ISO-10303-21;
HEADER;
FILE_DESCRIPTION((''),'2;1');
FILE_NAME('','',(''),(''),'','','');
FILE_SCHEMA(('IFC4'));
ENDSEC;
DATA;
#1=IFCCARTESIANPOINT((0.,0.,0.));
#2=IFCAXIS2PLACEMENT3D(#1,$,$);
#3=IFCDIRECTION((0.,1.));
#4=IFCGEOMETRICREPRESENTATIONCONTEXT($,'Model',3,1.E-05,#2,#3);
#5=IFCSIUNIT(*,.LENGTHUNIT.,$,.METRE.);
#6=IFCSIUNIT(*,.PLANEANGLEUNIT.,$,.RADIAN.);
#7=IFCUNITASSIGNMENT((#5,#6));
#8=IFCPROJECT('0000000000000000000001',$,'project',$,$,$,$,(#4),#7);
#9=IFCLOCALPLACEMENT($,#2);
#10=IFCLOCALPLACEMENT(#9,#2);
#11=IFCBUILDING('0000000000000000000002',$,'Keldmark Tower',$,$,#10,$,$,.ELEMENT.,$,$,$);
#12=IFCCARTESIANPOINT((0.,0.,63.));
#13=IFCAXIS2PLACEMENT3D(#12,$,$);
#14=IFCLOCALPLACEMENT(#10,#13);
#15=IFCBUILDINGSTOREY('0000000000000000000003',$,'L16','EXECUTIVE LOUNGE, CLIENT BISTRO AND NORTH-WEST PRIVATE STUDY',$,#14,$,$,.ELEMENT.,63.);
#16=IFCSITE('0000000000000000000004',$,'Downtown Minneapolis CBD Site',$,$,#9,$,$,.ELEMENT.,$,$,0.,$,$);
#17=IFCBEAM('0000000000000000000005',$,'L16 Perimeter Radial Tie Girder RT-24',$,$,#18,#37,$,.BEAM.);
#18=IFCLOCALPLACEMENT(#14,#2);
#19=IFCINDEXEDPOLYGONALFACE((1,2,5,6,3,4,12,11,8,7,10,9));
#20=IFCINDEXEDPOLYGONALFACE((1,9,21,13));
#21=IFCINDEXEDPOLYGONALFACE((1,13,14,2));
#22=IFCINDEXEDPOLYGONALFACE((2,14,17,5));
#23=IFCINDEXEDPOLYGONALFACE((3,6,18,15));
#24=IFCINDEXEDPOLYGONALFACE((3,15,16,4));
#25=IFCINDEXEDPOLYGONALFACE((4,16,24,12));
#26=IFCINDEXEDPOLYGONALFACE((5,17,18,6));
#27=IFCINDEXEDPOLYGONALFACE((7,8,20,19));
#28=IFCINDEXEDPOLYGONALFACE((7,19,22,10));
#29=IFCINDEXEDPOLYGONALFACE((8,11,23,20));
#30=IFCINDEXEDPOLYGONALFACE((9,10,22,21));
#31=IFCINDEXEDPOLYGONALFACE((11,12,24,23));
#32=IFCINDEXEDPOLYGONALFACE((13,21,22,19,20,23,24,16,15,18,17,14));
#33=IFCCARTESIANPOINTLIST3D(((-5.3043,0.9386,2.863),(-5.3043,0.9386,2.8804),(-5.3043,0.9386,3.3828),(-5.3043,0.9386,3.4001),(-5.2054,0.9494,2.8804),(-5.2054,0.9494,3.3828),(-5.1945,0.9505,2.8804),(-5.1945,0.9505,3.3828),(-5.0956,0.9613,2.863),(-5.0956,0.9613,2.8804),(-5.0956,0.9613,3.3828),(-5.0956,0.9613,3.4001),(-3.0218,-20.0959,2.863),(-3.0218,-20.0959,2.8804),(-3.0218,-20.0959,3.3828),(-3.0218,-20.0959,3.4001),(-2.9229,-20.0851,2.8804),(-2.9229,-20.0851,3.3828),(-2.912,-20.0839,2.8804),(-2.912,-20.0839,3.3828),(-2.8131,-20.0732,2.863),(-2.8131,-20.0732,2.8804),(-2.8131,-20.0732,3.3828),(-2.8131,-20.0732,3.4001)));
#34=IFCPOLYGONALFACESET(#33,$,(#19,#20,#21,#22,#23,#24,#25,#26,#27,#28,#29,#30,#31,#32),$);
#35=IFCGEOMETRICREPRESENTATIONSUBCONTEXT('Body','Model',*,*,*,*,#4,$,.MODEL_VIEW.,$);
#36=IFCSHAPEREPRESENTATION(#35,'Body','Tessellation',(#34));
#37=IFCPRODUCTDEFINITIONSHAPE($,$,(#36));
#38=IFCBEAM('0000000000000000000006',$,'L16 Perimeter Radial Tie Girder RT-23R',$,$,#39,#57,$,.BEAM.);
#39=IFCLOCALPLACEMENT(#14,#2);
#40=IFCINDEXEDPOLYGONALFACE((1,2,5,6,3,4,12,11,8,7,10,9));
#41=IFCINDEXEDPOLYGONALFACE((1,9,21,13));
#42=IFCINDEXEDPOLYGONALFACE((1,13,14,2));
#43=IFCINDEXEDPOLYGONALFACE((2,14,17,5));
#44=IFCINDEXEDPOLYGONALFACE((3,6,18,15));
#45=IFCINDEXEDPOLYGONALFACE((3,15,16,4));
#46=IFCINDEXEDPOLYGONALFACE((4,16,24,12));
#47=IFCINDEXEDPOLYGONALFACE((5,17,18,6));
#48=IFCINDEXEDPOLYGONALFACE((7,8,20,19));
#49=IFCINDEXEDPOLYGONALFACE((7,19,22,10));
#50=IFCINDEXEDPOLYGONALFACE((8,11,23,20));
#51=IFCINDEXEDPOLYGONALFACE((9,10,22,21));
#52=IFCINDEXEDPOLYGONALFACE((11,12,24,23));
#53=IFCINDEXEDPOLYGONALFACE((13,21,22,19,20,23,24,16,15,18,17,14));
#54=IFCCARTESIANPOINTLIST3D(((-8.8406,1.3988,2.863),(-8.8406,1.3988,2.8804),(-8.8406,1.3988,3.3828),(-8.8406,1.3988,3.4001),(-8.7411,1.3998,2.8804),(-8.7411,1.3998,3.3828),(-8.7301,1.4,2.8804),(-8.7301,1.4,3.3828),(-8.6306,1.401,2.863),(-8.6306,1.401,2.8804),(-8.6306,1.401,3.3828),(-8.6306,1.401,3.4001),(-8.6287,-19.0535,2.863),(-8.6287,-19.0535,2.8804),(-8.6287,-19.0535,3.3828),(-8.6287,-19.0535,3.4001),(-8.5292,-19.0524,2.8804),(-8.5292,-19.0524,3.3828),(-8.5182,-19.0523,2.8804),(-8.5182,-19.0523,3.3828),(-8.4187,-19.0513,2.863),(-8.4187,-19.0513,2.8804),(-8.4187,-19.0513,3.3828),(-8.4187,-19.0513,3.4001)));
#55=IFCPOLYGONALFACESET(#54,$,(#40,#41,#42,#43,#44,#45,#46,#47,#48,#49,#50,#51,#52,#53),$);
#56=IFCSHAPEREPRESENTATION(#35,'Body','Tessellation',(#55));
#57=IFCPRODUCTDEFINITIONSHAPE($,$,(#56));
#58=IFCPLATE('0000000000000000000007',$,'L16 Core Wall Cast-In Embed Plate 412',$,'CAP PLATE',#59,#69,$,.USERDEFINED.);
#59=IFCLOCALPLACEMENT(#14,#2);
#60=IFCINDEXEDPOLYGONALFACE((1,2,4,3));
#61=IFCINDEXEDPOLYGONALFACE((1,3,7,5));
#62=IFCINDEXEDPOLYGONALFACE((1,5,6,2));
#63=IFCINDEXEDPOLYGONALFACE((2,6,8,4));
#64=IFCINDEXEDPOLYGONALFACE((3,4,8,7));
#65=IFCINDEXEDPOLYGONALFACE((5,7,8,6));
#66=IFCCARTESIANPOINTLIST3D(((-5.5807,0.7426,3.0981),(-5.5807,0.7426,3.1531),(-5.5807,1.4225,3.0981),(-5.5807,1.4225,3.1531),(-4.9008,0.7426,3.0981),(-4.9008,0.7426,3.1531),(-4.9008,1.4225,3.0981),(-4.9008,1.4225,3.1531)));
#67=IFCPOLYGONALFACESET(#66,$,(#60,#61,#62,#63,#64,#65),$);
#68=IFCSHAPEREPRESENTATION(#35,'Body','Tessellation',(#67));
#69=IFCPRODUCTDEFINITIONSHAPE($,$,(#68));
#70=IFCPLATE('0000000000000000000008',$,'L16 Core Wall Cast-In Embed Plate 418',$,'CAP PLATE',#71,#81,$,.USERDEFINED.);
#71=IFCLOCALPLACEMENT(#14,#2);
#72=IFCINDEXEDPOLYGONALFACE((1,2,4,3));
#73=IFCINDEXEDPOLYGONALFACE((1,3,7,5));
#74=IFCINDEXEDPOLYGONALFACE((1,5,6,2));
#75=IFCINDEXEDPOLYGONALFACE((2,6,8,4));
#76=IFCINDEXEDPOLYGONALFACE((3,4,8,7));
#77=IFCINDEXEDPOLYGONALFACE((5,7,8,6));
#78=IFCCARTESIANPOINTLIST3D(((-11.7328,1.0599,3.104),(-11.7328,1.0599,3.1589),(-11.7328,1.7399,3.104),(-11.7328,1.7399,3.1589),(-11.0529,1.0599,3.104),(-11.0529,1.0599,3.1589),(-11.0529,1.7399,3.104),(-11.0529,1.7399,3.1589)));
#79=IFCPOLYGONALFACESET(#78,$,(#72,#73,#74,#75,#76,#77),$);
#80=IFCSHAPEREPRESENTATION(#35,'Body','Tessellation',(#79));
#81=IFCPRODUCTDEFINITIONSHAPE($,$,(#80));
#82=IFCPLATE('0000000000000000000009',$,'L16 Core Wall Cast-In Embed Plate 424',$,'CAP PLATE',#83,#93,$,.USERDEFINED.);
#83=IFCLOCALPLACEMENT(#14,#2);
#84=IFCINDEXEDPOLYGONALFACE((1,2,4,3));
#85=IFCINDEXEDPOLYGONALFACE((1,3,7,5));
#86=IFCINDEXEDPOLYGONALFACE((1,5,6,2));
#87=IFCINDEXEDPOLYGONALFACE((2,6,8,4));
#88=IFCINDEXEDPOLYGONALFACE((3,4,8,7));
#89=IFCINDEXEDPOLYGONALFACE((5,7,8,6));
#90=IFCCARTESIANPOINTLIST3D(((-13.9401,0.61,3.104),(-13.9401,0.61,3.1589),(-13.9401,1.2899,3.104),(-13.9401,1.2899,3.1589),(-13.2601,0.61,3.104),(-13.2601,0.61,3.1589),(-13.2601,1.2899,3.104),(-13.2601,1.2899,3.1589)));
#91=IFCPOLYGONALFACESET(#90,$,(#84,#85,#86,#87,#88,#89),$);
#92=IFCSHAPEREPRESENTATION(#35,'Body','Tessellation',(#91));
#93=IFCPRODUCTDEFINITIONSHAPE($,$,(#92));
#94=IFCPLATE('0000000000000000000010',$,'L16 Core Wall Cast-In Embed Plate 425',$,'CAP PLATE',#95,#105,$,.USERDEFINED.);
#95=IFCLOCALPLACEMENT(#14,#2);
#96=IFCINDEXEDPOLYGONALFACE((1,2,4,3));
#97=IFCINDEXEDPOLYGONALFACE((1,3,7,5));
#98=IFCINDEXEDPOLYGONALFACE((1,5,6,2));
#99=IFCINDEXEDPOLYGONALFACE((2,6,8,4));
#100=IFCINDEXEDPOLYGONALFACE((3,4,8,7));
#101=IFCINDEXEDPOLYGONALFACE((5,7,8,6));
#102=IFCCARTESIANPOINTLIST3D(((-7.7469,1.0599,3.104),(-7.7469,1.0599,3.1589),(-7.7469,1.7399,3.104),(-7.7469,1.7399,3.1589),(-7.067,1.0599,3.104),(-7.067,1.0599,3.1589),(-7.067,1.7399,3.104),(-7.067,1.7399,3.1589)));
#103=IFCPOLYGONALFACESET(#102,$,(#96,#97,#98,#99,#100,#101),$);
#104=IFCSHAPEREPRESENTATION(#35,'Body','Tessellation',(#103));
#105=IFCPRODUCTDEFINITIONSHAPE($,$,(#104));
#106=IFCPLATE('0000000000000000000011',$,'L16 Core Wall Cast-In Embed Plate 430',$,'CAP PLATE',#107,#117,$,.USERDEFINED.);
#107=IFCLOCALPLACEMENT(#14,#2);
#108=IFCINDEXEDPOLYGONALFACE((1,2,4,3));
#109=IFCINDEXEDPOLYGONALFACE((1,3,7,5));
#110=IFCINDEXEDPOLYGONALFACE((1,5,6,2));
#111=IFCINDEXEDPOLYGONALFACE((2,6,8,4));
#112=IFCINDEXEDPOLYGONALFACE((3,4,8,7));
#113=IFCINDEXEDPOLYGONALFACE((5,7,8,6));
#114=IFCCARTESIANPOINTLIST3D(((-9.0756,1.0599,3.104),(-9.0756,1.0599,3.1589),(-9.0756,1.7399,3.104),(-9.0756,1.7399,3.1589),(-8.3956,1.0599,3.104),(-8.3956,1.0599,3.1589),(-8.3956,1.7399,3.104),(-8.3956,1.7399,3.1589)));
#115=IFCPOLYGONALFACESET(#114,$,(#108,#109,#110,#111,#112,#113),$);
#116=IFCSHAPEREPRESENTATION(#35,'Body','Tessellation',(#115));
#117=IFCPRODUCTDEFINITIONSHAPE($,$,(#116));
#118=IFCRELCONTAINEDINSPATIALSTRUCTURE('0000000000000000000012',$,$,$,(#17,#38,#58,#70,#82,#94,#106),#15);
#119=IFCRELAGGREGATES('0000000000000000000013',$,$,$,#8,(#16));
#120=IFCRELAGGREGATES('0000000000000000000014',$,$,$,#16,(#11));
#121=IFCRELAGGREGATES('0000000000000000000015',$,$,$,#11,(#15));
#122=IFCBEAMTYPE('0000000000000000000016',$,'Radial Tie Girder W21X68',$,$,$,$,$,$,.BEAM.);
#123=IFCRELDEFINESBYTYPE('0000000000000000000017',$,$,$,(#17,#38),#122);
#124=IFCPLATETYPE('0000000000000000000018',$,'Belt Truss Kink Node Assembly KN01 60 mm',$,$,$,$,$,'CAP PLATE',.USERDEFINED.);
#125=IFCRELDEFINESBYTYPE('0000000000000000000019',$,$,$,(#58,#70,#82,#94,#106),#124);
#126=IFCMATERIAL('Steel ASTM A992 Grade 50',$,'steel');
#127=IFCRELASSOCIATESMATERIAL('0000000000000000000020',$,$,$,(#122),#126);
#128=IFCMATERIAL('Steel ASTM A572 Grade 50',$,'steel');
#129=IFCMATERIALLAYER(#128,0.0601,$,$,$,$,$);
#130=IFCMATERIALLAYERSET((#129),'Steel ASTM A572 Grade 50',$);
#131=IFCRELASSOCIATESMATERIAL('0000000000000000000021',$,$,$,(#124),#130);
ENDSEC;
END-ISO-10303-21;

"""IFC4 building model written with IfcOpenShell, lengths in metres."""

from ifc_helpers import new_model, si_unit, direction, frame, origin, origin_2d, place, context, subcontext, project, spatial, rectangle, i_section, extrude, material, layer, layer_set, material_profile, profile_set, type_object, element, save


model = new_model("IFC4")

# Units and contexts
model_context = context("Model", 3, precision=1e-05, world=origin(), true_north=direction((0.0, 1.0)))
body_context = subcontext(model_context, "Body", "Model", "MODEL_VIEW")
ifc_project = project(units=[si_unit("LENGTHUNIT", "METRE"), si_unit("PLANEANGLEUNIT", "RADIAN")], contexts=[model_context])

# Site, building, storey
site_placement = place(None, origin())
site = spatial("IfcSite", under=ifc_project, at=site_placement, Name="Downtown Minneapolis CBD Site", CompositionType="ELEMENT", RefElevation=0.0)
building_placement = place(site_placement, origin())
building = spatial("IfcBuilding", under=site, at=building_placement, Name="Keldmark Tower", CompositionType="ELEMENT")
storey_placement = place(building_placement, frame((0.0, 0.0, 63.0)))
storey = spatial("IfcBuildingStorey", under=building, at=storey_placement, Name="L16", Description="EXECUTIVE LOUNGE, CLIENT BISTRO AND NORTH-WEST PRIVATE STUDY", CompositionType="ELEMENT", Elevation=63.0)

# Beams
ifc_material_1 = material(Name="Steel ASTM A992 Grade 50", Category="steel")
ifc_material_profile_1 = material_profile(ifc_material_1, i_section(OverallWidth=0.21, OverallDepth=0.5371, WebThickness=0.011, FlangeThickness=0.0173, at=origin_2d()), Name="W21X68")
ifc_profile_set_1 = profile_set([ifc_material_profile_1], Name="Steel ASTM A992 Grade 50")
beam_type_1 = type_object("IfcBeamType", Name="Radial Tie Girder W21X68", PredefinedType="BEAM", material=ifc_profile_set_1)
beam_1_placement = place(storey_placement, frame((-5.2, 0.95, 3.1316), z_axis=(0.107878, -0.994164, 0.0), x_axis=(0.994164, 0.107878, 0.0)))
element("IfcBeam", 1, at=beam_1_placement, inside=storey, type_object=beam_type_1, Name="L16 Perimeter Radial Tie Girder RT-24", PredefinedType="BEAM", context=body_context, shape_type="SweptSolid", body=[
    extrude(i_section(OverallWidth=0.21, OverallDepth=0.5371, WebThickness=0.011, FlangeThickness=0.0173, at=origin_2d()), origin(), (0.0, 0.0, 1.0), 21.158),
])
beam_2_placement = place(storey_placement, frame((-8.7356, 1.3999, 3.1316), z_axis=(0.010361, -0.999946, 0.0), x_axis=(0.999946, 0.010361, 0.0)))
element("IfcBeam", 2, at=beam_2_placement, inside=storey, type_object=beam_type_1, Name="L16 Perimeter Radial Tie Girder RT-23R", PredefinedType="BEAM", context=body_context, shape_type="SweptSolid", body=[
    extrude(i_section(OverallWidth=0.21, OverallDepth=0.5371, WebThickness=0.011, FlangeThickness=0.0173, at=origin_2d()), origin(), (0.0, 0.0, 1.0), 20.4534),
])

# Plates
ifc_material_2 = material(Name="Steel ASTM A572 Grade 50", Category="steel")
ifc_layer_1 = layer(ifc_material_2, 0.0601)
ifc_layer_set_1 = layer_set([ifc_layer_1], Name="Steel ASTM A572 Grade 50")
plate_type = type_object("IfcPlateType", Name="Belt Truss Kink Node Assembly KN01 60 mm", ElementType="CAP PLATE", PredefinedType="USERDEFINED", material=ifc_layer_set_1)
for number, where, z_axis, x_axis, name in (
    (3, (-5.2407, 1.0825, 3.0981), (0.0, 0.0, 1.0), (1.0, 0.0, 0.0), "L16 Core Wall Cast-In Embed Plate 412"),
    (4, (-11.3928, 1.3999, 3.104), (0.0, 0.0, 1.0), (1.0, 0.0, 0.0), "L16 Core Wall Cast-In Embed Plate 418"),
    (5, (-13.6001, 0.95, 3.104), (0.0, 0.0, 1.0), (1.0, 0.0, 0.0), "L16 Core Wall Cast-In Embed Plate 424"),
    (6, (-7.407, 1.3999, 3.104), (0.0, 0.0, 1.0), (1.0, 0.0, 0.0), "L16 Core Wall Cast-In Embed Plate 425"),
    (7, (-8.7356, 1.3999, 3.104), (0.0, 0.0, 1.0), (1.0, 0.0, 0.0), "L16 Core Wall Cast-In Embed Plate 430"),
):
    element("IfcPlate", number, at=place(storey_placement, frame(where, z_axis=z_axis, x_axis=x_axis)), inside=storey, type_object=plate_type, Name=name, ObjectType="CAP PLATE", PredefinedType="USERDEFINED", context=body_context, shape_type="SweptSolid", body=[
        extrude(rectangle(XDim=0.6799, YDim=0.6799, at=origin_2d()), origin(), (0.0, 0.0, 1.0), 0.0549),
    ])

save(model, "model.ifc")
